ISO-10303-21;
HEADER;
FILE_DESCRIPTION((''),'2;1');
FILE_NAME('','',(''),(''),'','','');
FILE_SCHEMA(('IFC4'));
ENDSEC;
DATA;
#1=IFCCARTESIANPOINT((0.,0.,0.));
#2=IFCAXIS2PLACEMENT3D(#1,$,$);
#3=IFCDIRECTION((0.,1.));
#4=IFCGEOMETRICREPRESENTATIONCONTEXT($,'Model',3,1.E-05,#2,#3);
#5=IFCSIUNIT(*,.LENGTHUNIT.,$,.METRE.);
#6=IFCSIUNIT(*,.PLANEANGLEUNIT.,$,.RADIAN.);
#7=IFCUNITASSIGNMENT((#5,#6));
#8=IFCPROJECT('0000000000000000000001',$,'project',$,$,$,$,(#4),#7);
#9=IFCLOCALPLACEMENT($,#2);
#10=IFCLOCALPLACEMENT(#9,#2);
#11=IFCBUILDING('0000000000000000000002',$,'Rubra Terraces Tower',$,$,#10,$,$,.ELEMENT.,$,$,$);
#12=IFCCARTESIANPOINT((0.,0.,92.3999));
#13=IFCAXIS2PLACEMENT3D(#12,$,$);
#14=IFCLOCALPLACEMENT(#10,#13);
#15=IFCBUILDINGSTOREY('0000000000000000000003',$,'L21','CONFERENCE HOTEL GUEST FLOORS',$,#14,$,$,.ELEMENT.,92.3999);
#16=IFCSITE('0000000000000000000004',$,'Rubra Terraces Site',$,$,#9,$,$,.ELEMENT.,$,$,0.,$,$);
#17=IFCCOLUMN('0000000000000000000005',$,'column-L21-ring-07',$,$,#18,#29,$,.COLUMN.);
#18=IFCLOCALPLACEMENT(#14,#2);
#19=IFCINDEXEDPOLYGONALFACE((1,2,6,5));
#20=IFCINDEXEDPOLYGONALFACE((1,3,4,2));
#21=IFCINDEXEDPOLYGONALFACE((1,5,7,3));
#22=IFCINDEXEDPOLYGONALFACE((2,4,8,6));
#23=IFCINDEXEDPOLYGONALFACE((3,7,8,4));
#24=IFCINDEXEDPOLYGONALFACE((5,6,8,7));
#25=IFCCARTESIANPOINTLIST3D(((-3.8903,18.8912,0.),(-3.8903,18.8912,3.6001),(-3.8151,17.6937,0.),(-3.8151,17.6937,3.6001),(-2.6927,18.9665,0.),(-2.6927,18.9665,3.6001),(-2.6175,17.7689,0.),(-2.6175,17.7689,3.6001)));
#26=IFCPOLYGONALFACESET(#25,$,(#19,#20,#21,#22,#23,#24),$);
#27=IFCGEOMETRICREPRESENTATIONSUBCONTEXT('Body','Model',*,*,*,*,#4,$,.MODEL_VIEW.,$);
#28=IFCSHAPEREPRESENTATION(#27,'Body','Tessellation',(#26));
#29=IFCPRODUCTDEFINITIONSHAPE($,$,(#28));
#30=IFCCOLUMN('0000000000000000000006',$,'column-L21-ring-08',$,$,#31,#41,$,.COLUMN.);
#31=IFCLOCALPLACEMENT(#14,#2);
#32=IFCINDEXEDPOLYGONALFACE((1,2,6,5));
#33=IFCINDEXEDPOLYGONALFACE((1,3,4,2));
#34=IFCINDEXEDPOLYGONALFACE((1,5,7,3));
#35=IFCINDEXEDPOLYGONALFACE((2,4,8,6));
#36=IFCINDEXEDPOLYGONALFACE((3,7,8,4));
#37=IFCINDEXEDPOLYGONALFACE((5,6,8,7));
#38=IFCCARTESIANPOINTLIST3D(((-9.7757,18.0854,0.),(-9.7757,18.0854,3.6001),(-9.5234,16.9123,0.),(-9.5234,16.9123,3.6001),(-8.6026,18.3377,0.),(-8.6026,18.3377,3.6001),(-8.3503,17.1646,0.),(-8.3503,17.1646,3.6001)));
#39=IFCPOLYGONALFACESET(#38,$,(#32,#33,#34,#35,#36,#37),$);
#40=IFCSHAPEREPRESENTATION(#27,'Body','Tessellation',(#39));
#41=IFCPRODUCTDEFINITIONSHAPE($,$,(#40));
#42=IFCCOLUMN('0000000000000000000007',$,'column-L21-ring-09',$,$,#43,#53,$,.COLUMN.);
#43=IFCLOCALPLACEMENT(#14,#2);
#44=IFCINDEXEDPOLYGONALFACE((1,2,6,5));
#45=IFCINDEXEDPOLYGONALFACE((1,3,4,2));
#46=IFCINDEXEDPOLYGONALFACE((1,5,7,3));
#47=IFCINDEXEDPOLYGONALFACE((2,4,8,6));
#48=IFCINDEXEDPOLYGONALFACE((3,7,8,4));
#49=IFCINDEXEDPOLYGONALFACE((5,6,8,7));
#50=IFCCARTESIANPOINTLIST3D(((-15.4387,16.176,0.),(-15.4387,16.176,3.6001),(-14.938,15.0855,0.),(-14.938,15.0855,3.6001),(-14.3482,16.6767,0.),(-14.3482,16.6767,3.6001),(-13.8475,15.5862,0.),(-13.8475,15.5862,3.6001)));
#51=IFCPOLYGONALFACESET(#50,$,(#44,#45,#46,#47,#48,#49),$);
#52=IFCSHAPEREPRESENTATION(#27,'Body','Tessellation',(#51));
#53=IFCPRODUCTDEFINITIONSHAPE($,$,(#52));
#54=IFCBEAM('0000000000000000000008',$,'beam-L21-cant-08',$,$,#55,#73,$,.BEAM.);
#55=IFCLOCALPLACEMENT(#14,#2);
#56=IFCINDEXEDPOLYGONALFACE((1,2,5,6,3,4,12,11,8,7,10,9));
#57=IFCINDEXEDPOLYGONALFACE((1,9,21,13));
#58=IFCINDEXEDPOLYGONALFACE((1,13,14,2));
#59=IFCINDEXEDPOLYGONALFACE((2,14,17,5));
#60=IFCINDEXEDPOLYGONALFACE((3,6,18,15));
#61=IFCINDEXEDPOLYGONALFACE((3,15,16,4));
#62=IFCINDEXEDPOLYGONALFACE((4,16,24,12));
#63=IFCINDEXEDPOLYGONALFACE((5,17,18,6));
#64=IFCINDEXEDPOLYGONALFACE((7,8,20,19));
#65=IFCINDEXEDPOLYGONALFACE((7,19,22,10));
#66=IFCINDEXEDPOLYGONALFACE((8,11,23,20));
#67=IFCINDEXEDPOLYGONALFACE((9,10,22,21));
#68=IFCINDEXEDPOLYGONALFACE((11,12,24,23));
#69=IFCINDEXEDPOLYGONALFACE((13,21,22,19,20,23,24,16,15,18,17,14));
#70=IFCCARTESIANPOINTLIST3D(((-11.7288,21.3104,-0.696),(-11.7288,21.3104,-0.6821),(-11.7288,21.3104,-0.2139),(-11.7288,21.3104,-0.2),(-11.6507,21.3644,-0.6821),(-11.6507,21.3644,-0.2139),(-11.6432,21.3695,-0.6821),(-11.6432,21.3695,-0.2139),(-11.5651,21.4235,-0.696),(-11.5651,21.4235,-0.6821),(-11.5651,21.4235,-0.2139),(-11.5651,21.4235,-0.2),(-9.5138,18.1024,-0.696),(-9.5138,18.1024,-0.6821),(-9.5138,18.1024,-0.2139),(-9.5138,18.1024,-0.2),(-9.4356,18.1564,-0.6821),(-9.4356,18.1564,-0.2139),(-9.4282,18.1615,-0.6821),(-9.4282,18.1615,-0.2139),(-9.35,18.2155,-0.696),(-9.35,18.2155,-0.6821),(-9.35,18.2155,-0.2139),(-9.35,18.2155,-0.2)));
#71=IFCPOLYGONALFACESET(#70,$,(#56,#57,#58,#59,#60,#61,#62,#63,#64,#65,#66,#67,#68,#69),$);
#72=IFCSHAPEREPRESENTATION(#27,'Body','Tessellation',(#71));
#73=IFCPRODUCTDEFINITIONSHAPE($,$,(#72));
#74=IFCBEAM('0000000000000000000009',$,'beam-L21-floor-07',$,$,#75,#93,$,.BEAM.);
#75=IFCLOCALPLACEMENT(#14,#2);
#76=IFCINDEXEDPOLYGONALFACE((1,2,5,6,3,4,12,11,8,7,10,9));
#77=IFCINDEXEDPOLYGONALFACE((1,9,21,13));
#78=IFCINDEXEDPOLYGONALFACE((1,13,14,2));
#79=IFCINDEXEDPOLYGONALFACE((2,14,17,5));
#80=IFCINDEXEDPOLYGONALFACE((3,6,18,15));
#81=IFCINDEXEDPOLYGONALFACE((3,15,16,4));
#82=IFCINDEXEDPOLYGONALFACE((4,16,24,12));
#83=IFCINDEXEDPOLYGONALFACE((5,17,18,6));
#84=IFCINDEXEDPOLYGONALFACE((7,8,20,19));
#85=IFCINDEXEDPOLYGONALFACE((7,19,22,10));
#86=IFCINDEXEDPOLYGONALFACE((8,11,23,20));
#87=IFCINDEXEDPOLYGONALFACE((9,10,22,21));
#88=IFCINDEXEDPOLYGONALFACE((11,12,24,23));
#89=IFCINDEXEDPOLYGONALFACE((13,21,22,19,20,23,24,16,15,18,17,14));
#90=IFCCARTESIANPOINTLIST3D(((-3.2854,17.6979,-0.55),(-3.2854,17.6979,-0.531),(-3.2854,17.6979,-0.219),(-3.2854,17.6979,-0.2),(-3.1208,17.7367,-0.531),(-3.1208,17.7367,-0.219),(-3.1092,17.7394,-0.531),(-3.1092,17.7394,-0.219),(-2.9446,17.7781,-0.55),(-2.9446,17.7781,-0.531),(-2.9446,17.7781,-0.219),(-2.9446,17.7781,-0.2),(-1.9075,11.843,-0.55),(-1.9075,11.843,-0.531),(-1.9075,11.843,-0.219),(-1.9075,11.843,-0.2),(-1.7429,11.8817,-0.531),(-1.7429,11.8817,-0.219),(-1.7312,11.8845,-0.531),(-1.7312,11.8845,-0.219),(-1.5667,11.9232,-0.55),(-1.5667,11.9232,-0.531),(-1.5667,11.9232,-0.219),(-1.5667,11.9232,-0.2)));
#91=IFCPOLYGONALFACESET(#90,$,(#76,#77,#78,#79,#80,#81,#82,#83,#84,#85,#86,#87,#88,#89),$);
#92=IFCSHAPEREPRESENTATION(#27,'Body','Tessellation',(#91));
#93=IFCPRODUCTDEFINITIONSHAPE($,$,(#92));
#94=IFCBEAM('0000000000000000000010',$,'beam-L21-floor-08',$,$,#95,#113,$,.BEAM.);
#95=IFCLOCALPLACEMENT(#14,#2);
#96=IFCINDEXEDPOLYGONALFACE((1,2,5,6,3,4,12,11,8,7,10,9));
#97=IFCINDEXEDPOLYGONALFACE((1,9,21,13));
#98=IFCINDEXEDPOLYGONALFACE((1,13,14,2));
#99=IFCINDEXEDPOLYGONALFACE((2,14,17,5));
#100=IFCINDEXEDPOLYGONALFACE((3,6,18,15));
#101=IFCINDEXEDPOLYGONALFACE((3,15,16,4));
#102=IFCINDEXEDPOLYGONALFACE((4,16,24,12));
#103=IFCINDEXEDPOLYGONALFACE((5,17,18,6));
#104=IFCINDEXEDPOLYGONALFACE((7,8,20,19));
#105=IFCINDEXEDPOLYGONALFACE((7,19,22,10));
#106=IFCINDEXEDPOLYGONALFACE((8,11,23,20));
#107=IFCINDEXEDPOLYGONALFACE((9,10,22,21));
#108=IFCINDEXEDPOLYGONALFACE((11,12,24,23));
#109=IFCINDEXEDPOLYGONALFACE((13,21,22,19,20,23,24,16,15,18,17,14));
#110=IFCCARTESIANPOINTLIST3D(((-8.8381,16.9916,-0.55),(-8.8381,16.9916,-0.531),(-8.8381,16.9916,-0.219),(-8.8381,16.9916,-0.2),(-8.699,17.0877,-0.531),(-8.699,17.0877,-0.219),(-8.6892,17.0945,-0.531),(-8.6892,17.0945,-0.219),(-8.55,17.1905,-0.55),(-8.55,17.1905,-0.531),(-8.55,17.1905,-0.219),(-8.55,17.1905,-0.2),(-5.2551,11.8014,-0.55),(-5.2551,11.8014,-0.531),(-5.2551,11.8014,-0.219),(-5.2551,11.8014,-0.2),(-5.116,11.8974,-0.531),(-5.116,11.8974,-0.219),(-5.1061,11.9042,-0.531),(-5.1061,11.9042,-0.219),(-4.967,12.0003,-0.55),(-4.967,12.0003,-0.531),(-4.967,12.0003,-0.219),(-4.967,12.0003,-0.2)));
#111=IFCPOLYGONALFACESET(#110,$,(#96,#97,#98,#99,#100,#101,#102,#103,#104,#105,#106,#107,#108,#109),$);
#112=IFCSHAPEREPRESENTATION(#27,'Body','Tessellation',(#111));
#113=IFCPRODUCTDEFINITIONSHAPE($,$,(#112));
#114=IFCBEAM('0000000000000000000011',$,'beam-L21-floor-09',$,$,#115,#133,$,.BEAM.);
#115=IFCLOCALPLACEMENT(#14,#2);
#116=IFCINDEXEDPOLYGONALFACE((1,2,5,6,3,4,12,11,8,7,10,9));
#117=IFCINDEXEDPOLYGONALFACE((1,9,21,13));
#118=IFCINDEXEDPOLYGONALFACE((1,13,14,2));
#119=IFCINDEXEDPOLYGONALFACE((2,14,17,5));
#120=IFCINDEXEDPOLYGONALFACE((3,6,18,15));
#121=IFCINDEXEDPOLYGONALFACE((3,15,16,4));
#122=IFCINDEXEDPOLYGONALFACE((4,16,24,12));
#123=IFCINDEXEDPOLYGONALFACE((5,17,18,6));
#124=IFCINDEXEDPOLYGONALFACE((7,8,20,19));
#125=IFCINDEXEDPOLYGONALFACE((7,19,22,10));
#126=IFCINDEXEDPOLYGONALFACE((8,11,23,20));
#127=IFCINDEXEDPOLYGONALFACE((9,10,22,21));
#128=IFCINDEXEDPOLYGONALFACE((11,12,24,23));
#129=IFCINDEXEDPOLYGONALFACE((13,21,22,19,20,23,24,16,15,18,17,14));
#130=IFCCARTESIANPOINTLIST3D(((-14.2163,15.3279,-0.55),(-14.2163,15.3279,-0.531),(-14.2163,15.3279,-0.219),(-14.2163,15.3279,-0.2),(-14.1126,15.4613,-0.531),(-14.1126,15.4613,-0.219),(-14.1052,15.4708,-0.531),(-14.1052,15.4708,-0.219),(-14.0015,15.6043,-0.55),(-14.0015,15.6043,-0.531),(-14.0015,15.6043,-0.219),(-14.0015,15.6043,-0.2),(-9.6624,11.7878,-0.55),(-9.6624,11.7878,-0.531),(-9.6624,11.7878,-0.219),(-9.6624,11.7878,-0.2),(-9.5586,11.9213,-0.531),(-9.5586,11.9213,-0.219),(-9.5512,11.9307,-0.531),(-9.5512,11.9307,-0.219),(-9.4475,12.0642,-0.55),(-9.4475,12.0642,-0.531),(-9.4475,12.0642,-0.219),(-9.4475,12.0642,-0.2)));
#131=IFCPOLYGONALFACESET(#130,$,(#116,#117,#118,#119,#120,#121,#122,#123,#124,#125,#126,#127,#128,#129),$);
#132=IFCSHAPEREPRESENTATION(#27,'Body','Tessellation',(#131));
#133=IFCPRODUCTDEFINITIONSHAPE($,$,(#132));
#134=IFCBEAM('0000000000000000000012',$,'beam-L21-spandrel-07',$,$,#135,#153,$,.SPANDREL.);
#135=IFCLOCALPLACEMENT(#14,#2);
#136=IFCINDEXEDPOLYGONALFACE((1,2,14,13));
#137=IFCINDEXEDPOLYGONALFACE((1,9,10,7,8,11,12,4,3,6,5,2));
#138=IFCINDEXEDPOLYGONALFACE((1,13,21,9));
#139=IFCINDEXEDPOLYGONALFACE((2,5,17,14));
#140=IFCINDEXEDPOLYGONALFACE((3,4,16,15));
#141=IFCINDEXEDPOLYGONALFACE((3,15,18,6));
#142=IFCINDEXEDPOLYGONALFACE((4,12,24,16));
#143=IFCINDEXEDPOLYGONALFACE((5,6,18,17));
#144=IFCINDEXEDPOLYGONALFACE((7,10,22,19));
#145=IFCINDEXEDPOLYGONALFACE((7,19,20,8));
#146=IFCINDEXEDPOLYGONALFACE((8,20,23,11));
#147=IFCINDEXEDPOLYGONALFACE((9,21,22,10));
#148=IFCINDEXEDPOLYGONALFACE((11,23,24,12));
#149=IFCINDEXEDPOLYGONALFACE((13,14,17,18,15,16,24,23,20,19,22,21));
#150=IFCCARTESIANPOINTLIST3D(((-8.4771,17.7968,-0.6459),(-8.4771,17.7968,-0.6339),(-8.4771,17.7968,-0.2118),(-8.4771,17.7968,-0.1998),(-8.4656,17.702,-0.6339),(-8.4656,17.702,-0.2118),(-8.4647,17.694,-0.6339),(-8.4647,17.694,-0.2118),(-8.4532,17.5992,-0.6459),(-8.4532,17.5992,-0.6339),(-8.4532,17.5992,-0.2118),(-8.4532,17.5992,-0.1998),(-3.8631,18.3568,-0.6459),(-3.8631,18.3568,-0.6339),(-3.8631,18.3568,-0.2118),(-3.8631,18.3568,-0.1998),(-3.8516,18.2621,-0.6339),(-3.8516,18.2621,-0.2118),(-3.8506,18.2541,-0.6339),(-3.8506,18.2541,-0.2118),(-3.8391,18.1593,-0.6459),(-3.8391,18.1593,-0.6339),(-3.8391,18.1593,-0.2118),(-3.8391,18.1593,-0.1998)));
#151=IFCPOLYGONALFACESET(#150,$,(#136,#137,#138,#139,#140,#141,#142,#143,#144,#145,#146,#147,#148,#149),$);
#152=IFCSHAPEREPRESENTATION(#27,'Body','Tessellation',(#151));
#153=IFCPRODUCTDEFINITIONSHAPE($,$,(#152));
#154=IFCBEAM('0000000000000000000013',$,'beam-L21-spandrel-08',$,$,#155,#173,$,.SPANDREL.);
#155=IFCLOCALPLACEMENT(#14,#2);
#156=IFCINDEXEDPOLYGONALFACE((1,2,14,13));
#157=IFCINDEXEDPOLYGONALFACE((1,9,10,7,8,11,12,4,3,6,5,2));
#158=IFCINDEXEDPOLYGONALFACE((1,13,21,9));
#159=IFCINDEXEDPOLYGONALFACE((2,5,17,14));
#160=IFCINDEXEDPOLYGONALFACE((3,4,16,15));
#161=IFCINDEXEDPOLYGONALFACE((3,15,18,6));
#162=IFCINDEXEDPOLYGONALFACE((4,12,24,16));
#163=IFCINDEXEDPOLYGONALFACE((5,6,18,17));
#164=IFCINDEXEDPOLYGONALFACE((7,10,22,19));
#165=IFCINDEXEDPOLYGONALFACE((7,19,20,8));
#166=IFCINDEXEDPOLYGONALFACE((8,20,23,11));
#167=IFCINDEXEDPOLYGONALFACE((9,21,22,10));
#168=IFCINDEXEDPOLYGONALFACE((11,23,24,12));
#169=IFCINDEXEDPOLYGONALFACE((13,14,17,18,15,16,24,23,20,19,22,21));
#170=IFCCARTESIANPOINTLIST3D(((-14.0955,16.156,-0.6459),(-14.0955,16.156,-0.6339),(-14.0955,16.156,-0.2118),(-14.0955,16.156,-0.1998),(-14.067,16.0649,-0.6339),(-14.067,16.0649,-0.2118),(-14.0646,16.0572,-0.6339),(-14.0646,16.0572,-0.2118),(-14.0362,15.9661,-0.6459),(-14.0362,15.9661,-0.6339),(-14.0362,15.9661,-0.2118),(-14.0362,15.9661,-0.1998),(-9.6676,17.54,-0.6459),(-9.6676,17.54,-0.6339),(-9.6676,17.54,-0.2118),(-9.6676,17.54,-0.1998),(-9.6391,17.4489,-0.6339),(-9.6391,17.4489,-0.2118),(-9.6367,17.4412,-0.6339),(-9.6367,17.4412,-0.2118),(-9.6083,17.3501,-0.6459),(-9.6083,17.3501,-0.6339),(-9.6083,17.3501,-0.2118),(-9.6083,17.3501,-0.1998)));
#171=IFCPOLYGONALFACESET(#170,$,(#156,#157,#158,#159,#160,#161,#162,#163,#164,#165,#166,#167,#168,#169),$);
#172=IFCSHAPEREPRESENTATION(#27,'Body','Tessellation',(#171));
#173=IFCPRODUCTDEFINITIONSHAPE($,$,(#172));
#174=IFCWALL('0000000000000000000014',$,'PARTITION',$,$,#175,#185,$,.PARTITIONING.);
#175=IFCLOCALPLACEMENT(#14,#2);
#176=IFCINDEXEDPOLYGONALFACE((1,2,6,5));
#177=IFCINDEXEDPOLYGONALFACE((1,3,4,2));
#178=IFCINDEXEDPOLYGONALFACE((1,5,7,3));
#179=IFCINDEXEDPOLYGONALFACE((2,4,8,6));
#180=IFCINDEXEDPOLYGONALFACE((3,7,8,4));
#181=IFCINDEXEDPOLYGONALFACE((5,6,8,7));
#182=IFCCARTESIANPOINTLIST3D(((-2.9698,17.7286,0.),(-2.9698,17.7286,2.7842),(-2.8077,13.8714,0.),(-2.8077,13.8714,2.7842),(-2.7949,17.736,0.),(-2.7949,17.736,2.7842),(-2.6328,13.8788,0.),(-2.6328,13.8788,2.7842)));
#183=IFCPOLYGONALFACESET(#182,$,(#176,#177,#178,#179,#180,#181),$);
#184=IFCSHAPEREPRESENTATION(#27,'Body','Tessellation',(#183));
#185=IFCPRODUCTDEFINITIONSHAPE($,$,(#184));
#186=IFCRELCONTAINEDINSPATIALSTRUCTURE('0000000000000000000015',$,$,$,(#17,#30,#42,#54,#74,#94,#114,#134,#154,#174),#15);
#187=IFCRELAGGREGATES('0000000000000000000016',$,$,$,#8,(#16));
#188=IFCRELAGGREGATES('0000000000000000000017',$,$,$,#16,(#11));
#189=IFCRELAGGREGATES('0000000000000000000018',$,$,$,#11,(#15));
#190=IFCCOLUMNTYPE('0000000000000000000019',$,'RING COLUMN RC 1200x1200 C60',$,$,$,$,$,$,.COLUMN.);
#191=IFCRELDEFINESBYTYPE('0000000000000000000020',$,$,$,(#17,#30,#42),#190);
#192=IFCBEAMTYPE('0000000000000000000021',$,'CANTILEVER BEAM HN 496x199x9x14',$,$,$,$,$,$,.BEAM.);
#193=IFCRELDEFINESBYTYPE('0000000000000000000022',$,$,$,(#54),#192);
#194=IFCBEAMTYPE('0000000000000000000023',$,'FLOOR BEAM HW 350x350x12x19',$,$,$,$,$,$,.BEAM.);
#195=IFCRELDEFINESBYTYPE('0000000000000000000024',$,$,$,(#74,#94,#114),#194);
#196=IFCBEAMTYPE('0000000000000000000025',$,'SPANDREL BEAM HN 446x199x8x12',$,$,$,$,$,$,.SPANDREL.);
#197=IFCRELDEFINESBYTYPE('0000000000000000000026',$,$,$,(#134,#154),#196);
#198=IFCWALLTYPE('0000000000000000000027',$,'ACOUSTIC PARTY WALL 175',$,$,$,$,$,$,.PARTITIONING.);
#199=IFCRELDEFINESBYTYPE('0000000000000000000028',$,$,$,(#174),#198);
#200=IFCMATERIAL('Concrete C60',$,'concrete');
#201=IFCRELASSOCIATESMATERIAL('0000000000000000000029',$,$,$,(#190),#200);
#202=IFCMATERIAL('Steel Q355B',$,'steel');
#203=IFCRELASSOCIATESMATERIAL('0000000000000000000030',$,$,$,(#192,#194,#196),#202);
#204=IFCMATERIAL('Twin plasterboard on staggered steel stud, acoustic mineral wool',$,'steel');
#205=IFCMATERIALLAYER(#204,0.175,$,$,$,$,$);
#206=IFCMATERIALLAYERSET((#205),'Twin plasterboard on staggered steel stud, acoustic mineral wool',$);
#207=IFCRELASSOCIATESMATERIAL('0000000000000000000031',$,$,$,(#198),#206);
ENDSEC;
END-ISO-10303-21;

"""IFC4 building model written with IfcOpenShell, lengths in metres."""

from ifc_helpers import new_model, si_unit, direction, frame, frame_2d, origin, origin_2d, place, context, subcontext, project, spatial, rectangle, i_section, extrude, material, layer, layer_set, material_profile, profile_set, type_object, element, save


model = new_model("IFC4")

# Units and contexts
model_context = context("Model", 3, precision=1e-05, world=origin(), true_north=direction((0.0, 1.0)))
body_context = subcontext(model_context, "Body", "Model", "MODEL_VIEW")
ifc_project = project(units=[si_unit("LENGTHUNIT", "METRE"), si_unit("PLANEANGLEUNIT", "RADIAN")], contexts=[model_context])

# Site, building, storey
site_placement = place(None, origin())
site = spatial("IfcSite", under=ifc_project, at=site_placement, Name="Rubra Terraces Site", CompositionType="ELEMENT", RefElevation=0.0)
building_placement = place(site_placement, origin())
building = spatial("IfcBuilding", under=site, at=building_placement, Name="Rubra Terraces Tower", CompositionType="ELEMENT")
storey_placement = place(building_placement, frame((0.0, 0.0, 92.3999)))
storey = spatial("IfcBuildingStorey", under=building, at=storey_placement, Name="L21", Description="CONFERENCE HOTEL GUEST FLOORS", CompositionType="ELEMENT", Elevation=92.3999)

# Columns
ifc_material_1 = material(Name="Concrete C60", Category="concrete")
ifc_material_profile_1 = material_profile(ifc_material_1, rectangle(XDim=1.2, YDim=1.2, at=origin_2d()), Name="RC 1200x1200")
ifc_profile_set_1 = profile_set([ifc_material_profile_1], Name="Concrete C60")
column_type = type_object("IfcColumnType", Name="RING COLUMN RC 1200x1200 C60", PredefinedType="COLUMN", material=ifc_profile_set_1)
for number, where, z_axis, x_axis, name in (
    (1, (-3.2539, 18.3301, 0.0), (0.0, 0.0, 1.0), (-0.998032, -0.062714, 0.0), "column-L21-ring-07"),
    (2, (-9.063, 17.625, 0.0), (0.0, 0.0, 1.0), (-0.977653, -0.210227, 0.0), "column-L21-ring-08"),
    (3, (-14.6431, 15.8811, 0.0), (0.0, 0.0, 1.0), (-0.908779, -0.417279, 0.0), "column-L21-ring-09"),
):
    element("IfcColumn", number, at=place(storey_placement, frame(where, z_axis=z_axis, x_axis=x_axis)), inside=storey, type_object=column_type, Name=name, PredefinedType="COLUMN", context=body_context, shape_type="SweptSolid", body=[
        extrude(rectangle(XDim=1.2, YDim=1.2, at=origin_2d()), origin(), (0.0, 0.0, 1.0), 3.6001),
    ])

# Beams
ifc_material_2 = material(Name="Steel Q355B", Category="steel")
ifc_material_profile_2 = material_profile(ifc_material_2, i_section(OverallWidth=0.199, OverallDepth=0.4961, WebThickness=0.009, FlangeThickness=0.0139, at=origin_2d()), Name="HN 496x199x9x14")
ifc_profile_set_2 = profile_set([ifc_material_profile_2], Name="Steel Q355B")
beam_type_1 = type_object("IfcBeamType", Name="CANTILEVER BEAM HN 496x199x9x14", PredefinedType="BEAM", material=ifc_profile_set_2)
beam_1_placement = place(storey_placement, frame((-9.4319, 18.1589, -0.448), z_axis=(-0.568197, 0.822893, 0.0), x_axis=(-0.822893, -0.568197, 0.0)))
element("IfcBeam", 4, at=beam_1_placement, inside=storey, type_object=beam_type_1, Name="beam-L21-cant-08", PredefinedType="BEAM", context=body_context, shape_type="SweptSolid", body=[
    extrude(i_section(OverallWidth=0.199, OverallDepth=0.4961, WebThickness=0.009, FlangeThickness=0.0139, at=origin_2d()), origin(), (0.0, 0.0, 1.0), 3.8984),
])
ifc_material_profile_3 = material_profile(ifc_material_2, i_section(OverallWidth=0.3501, OverallDepth=0.3501, WebThickness=0.012, FlangeThickness=0.019, at=origin_2d()), Name="HW 350x350x12x19")
ifc_profile_set_3 = profile_set([ifc_material_profile_3], Name="Steel Q355B")
beam_type_2 = type_object("IfcBeamType", Name="FLOOR BEAM HW 350x350x12x19", PredefinedType="BEAM", material=ifc_profile_set_3)
beam_2_placement = place(storey_placement, frame((-3.115, 17.738, -0.375), z_axis=(0.229085, -0.973407, 0.0), x_axis=(0.973407, 0.229085, 0.0)))
element("IfcBeam", 5, at=beam_2_placement, inside=storey, type_object=beam_type_2, Name="beam-L21-floor-07", PredefinedType="BEAM", context=body_context, shape_type="SweptSolid", body=[
    extrude(i_section(OverallWidth=0.3501, OverallDepth=0.3501, WebThickness=0.012, FlangeThickness=0.019, at=origin_2d()), origin(), (0.0, 0.0, 1.0), 6.0149),
])
beam_3_placement = place(storey_placement, frame((-8.6941, 17.0911, -0.375), z_axis=(0.568116, -0.822948, 0.0), x_axis=(0.822948, 0.568116, 0.0)))
element("IfcBeam", 6, at=beam_3_placement, inside=storey, type_object=beam_type_2, Name="beam-L21-floor-08", PredefinedType="BEAM", context=body_context, shape_type="SweptSolid", body=[
    extrude(i_section(OverallWidth=0.3501, OverallDepth=0.3501, WebThickness=0.012, FlangeThickness=0.019, at=origin_2d()), origin(), (0.0, 0.0, 1.0), 6.3069),
])
beam_4_placement = place(storey_placement, frame((-14.1089, 15.4661, -0.375), z_axis=(0.789514, -0.613733, 0.0), x_axis=(0.613733, 0.789514, 0.0)))
element("IfcBeam", 7, at=beam_4_placement, inside=storey, type_object=beam_type_2, Name="beam-L21-floor-09", PredefinedType="BEAM", context=body_context, shape_type="SweptSolid", body=[
    extrude(i_section(OverallWidth=0.3501, OverallDepth=0.3501, WebThickness=0.012, FlangeThickness=0.019, at=origin_2d()), origin(), (0.0, 0.0, 1.0), 5.7681),
])
ifc_material_profile_4 = material_profile(ifc_material_2, i_section(OverallWidth=0.199, OverallDepth=0.446, WebThickness=0.0081, FlangeThickness=0.012, at=origin_2d()), Name="HN 446x199x8x12")
ifc_profile_set_4 = profile_set([ifc_material_profile_4], Name="Steel Q355B")
beam_type_3 = type_object("IfcBeamType", Name="SPANDREL BEAM HN 446x199x8x12", PredefinedType="SPANDREL", material=ifc_profile_set_4)
beam_5_placement = place(storey_placement, frame((-3.8511, 18.2581, -0.4229), z_axis=(-0.992714, -0.120498, 0.0), x_axis=(0.120498, -0.992714, 0.0)))
element("IfcBeam", 8, at=beam_5_placement, inside=storey, type_object=beam_type_3, Name="beam-L21-spandrel-07", PredefinedType="SPANDREL", context=body_context, shape_type="SweptSolid", body=[
    extrude(i_section(OverallWidth=0.199, OverallDepth=0.446, WebThickness=0.0081, FlangeThickness=0.012, at=origin_2d()), origin(), (0.0, 0.0, 1.0), 4.6479),
])
beam_6_placement = place(storey_placement, frame((-9.6379, 17.4451, -0.4229), z_axis=(-0.954462, -0.298332, 0.0), x_axis=(0.298332, -0.954462, 0.0)))
element("IfcBeam", 9, at=beam_6_placement, inside=storey, type_object=beam_type_3, Name="beam-L21-spandrel-08", PredefinedType="SPANDREL", context=body_context, shape_type="SweptSolid", body=[
    extrude(i_section(OverallWidth=0.199, OverallDepth=0.446, WebThickness=0.0081, FlangeThickness=0.012, at=origin_2d()), origin(), (0.0, 0.0, 1.0), 4.6392),
])

# Wall
ifc_material_3 = material(Name="Twin plasterboard on staggered steel stud, acoustic mineral wool", Category="steel")
ifc_layer_1 = layer(ifc_material_3, 0.175)
ifc_layer_set_1 = layer_set([ifc_layer_1], Name="Twin plasterboard on staggered steel stud, acoustic mineral wool")
wall_type_1 = type_object("IfcWallType", Name="ACOUSTIC PARTY WALL 175", PredefinedType="PARTITIONING", material=ifc_layer_set_1)
wall_1_placement = place(storey_placement, frame((-2.8823, 17.7322, 0.0), z_axis=(0.0, 0.0, 1.0), x_axis=(0.041991, -0.999118, 0.0)))
element("IfcWall", 10, at=wall_1_placement, inside=storey, type_object=wall_type_1, Name="PARTITION", PredefinedType="PARTITIONING", context=body_context, shape_type="SweptSolid", body=[
    extrude(rectangle(XDim=3.8606, YDim=0.175, at=frame_2d((1.9302, 0.0))), origin(), (0.0, 0.0, 1.0), 2.7842),
])

save(model, "model.ifc")
